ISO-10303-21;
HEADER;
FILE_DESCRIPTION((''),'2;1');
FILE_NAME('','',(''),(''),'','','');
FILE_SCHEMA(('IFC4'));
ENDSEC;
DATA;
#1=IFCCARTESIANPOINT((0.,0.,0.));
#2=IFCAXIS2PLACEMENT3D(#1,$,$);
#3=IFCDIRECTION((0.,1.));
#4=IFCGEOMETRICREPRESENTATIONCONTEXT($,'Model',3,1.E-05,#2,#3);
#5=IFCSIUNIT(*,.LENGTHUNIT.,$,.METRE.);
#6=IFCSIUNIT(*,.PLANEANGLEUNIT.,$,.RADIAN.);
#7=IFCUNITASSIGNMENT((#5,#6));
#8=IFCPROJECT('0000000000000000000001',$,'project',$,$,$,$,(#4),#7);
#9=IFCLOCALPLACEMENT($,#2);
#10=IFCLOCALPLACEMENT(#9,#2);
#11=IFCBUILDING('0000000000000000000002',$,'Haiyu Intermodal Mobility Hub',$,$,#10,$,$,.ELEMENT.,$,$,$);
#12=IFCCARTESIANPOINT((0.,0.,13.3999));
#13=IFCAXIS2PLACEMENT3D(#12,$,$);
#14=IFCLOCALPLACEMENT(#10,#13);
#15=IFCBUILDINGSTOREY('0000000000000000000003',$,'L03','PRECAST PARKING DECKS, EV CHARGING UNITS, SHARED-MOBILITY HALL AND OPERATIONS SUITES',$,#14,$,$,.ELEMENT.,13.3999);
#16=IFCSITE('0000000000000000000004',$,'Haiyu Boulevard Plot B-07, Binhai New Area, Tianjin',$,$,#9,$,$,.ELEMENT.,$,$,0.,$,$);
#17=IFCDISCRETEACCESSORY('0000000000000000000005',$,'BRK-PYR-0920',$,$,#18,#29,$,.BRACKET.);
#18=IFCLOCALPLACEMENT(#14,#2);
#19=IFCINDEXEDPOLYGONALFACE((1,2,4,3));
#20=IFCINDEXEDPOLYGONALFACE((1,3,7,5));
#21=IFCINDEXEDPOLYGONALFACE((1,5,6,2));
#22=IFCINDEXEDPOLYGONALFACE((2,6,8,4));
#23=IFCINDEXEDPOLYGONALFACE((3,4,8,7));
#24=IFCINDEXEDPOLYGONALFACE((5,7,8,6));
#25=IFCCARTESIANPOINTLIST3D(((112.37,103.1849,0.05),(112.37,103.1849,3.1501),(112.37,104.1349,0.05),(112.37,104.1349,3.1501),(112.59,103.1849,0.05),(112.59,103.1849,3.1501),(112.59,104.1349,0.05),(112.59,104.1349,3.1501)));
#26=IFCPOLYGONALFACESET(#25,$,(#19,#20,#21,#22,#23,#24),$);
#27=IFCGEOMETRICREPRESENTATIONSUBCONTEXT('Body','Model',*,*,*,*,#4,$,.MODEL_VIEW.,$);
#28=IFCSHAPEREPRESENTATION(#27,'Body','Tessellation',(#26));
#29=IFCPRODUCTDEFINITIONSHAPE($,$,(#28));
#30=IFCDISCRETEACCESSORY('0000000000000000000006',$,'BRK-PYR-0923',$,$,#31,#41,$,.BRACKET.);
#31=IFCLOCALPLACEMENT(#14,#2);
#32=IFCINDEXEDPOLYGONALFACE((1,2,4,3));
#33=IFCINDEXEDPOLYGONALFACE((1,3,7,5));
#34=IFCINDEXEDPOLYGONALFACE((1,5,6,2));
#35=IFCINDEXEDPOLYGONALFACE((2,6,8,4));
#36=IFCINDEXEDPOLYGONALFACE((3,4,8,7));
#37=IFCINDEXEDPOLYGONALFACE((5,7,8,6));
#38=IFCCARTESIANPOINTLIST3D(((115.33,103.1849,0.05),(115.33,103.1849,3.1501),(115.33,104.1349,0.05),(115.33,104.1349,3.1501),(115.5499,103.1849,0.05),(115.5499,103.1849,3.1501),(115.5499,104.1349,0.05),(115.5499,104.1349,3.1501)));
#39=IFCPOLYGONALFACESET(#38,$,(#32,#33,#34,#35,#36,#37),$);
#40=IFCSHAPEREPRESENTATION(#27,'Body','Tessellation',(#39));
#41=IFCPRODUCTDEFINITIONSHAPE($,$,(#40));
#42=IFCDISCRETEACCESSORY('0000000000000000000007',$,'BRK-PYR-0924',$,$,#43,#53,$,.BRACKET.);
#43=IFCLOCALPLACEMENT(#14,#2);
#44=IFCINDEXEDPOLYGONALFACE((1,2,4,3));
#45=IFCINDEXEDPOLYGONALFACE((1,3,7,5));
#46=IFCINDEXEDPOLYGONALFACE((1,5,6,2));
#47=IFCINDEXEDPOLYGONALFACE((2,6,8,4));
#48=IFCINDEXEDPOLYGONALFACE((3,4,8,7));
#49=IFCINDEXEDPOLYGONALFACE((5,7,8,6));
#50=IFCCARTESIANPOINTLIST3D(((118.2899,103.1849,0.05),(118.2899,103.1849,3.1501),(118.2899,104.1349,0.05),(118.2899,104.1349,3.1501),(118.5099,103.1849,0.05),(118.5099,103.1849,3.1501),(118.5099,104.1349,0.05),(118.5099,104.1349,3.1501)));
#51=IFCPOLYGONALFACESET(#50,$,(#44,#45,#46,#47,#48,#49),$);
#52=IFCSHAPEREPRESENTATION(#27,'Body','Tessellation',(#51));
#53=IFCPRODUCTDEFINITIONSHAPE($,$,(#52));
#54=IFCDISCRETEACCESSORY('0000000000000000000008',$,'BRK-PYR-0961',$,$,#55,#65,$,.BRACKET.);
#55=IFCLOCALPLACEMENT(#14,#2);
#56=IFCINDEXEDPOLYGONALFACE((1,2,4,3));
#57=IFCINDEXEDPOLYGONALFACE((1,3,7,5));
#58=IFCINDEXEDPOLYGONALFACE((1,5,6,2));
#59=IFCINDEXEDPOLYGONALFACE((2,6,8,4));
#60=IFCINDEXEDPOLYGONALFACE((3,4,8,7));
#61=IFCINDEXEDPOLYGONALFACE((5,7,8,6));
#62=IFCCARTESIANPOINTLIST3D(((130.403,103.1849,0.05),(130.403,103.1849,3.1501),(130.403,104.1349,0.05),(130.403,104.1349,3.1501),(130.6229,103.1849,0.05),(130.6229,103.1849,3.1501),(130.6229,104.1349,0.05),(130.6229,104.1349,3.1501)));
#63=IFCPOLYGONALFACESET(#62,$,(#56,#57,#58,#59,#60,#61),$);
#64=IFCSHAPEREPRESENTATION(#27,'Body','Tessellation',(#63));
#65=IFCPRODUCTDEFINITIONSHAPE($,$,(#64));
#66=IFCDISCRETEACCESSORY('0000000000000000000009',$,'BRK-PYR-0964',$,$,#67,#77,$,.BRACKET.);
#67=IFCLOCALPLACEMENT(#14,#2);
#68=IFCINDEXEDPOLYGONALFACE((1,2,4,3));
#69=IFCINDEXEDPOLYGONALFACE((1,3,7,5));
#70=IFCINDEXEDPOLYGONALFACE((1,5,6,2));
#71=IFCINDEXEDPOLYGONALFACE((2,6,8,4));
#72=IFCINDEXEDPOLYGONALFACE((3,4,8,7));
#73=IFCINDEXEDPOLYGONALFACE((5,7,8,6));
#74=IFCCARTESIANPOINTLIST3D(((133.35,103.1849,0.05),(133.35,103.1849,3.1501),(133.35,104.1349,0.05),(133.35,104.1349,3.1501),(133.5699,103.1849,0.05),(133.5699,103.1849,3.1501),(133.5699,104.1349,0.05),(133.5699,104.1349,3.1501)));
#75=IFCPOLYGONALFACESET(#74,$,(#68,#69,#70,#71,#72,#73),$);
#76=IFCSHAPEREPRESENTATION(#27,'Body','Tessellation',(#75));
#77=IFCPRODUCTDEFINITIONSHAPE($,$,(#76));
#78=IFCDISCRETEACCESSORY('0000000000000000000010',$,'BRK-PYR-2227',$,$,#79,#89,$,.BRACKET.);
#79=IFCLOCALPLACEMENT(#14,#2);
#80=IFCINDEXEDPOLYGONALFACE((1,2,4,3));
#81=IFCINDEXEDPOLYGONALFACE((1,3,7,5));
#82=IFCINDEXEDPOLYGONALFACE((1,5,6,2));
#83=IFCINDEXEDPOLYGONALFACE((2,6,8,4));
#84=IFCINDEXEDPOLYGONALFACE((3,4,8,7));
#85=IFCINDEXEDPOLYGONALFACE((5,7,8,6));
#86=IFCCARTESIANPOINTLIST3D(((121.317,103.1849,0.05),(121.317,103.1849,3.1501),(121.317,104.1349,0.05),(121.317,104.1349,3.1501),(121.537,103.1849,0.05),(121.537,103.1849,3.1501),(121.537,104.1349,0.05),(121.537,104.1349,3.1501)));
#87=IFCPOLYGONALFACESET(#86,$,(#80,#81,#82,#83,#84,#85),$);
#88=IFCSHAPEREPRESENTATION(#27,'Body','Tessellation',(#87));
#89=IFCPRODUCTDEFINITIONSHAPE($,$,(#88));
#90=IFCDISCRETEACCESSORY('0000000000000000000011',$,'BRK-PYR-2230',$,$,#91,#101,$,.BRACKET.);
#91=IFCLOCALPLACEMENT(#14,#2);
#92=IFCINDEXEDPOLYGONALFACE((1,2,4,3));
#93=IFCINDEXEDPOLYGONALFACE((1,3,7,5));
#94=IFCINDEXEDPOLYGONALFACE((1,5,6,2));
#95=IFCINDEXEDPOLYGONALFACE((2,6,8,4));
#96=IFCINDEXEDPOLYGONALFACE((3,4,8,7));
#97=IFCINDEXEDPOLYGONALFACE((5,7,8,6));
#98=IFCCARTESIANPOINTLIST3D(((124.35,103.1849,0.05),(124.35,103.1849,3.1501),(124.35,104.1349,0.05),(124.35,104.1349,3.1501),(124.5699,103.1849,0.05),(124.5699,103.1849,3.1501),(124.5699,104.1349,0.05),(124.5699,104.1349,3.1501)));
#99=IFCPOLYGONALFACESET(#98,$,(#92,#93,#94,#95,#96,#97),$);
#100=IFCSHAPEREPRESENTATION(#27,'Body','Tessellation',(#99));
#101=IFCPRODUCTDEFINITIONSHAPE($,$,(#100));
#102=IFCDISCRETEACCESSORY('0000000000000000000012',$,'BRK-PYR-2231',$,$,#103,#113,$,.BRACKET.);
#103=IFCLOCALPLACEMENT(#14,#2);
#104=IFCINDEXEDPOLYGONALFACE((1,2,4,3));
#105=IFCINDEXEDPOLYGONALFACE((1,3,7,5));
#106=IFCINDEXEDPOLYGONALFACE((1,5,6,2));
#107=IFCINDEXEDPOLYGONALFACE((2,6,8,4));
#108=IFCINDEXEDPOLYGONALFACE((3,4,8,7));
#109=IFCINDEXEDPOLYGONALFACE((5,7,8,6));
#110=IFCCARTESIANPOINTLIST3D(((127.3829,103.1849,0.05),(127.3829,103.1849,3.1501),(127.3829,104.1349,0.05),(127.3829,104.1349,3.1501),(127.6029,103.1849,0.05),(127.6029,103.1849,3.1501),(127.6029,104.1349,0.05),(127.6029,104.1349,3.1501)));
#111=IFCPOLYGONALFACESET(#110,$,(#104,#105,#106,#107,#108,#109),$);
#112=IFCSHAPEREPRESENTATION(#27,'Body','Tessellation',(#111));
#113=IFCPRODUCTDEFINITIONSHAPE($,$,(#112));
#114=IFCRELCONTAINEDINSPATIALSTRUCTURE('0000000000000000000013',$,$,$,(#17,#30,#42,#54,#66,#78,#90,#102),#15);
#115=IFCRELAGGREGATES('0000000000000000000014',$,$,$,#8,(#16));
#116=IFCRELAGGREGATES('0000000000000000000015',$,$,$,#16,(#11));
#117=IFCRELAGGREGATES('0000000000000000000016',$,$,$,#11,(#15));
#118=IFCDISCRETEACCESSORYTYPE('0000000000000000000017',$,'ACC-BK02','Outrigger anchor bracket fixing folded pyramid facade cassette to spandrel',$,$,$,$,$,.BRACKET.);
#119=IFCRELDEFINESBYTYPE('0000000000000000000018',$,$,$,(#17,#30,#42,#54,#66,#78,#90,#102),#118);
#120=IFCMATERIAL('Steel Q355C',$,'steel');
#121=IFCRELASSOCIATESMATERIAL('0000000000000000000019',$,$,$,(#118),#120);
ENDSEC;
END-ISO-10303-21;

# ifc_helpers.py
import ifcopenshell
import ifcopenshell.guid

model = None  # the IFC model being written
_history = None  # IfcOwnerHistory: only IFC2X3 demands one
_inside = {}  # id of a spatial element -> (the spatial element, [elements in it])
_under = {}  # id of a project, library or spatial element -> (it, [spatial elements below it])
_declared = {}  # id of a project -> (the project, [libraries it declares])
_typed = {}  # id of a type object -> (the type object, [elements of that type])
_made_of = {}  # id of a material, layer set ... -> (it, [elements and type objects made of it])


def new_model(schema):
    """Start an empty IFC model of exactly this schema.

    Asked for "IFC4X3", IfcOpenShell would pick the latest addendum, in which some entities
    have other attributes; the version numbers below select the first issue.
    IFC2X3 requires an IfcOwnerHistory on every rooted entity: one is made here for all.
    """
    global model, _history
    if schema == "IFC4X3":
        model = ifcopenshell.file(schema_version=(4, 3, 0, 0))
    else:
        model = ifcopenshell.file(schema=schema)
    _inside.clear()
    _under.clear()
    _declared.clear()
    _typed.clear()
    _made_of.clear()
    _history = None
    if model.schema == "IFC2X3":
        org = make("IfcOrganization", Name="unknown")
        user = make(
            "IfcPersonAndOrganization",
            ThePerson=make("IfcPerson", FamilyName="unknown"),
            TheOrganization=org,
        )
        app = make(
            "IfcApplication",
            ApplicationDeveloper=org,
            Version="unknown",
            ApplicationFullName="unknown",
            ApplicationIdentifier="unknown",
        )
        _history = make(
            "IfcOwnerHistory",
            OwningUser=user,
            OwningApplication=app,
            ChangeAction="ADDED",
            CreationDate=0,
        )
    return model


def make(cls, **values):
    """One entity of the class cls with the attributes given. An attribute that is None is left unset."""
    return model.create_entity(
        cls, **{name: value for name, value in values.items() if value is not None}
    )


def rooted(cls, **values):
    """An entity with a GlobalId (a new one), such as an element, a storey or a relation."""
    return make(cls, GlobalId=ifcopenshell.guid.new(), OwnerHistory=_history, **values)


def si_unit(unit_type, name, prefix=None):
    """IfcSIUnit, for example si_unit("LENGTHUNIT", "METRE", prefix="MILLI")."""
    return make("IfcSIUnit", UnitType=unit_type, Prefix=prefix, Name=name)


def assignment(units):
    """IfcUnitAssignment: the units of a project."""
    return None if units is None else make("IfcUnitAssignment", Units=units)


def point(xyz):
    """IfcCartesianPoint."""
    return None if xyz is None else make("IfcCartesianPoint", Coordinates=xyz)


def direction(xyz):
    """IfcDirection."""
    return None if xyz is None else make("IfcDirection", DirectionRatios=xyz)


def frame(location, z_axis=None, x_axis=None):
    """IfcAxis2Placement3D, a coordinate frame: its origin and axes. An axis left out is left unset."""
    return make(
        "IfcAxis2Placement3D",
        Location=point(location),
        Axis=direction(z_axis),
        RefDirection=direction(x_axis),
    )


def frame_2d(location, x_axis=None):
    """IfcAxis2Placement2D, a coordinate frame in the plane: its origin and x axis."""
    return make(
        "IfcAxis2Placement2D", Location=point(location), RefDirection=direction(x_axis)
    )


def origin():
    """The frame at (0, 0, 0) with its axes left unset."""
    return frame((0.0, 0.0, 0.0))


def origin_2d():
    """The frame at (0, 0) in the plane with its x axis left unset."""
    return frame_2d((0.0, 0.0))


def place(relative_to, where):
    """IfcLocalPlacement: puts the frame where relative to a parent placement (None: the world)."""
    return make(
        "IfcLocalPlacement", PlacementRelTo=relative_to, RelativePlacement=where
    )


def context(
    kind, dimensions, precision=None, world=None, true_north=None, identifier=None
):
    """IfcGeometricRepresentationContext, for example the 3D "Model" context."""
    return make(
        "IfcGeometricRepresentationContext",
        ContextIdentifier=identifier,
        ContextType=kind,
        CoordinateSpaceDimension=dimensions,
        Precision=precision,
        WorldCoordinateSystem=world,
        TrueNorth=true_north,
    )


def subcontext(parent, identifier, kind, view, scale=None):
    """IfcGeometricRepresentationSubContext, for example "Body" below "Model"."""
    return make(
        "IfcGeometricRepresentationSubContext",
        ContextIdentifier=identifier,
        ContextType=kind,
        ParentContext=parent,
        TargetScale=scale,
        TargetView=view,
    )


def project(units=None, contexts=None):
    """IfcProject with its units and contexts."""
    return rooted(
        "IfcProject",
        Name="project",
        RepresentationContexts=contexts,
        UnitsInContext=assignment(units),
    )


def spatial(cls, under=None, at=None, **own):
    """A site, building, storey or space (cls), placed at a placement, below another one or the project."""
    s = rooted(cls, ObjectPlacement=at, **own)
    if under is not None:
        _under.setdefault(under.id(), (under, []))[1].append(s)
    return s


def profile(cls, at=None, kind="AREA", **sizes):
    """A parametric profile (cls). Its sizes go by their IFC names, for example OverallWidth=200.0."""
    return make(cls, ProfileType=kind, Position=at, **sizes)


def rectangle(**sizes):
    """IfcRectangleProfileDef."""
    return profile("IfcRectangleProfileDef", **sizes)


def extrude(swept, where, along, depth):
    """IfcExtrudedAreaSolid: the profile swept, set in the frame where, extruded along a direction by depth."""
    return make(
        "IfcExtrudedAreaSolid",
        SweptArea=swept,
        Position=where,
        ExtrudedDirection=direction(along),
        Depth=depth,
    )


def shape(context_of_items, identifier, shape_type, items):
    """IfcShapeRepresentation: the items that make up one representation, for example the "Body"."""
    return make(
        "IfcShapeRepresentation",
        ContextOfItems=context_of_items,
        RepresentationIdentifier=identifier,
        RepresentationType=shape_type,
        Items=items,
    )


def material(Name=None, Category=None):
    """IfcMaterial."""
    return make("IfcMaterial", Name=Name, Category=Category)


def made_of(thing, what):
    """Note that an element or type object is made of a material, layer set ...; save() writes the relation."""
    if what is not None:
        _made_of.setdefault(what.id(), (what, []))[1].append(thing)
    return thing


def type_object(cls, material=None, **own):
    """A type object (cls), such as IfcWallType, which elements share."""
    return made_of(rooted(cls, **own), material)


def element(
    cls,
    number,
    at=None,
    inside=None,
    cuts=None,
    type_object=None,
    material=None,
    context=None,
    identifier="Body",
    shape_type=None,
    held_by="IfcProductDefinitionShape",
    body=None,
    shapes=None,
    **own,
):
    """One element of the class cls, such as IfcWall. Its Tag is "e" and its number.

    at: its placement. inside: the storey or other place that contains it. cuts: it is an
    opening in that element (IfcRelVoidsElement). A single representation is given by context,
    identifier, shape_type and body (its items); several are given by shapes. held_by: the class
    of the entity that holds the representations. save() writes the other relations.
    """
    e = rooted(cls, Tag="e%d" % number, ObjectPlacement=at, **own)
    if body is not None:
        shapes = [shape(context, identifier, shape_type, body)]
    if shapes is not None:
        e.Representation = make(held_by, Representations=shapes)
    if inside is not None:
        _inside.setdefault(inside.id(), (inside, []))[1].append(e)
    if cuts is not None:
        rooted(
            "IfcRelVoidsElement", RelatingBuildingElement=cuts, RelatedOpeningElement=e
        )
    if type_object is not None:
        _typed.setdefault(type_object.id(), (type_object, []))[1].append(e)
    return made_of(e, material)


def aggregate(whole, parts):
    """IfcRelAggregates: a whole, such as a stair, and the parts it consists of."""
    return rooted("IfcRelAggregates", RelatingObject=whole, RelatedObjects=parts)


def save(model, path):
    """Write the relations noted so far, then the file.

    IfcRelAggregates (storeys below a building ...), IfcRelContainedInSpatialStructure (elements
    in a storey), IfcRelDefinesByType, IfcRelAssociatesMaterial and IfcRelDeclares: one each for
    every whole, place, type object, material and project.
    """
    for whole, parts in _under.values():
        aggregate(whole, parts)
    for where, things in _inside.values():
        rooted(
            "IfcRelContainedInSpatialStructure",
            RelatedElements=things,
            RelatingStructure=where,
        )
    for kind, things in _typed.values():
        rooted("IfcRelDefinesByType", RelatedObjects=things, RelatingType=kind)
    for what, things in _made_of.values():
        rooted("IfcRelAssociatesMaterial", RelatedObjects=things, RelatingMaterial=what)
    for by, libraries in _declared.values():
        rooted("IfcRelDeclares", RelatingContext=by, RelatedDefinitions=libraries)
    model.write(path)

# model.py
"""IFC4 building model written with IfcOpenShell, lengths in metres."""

from ifc_helpers import new_model, si_unit, direction, frame, origin, origin_2d, place, context, subcontext, project, spatial, rectangle, extrude, material, type_object, element, save


model = new_model("IFC4")

# Units and contexts
model_context = context("Model", 3, precision=1e-05, world=origin(), true_north=direction((0.0, 1.0)))
body_context = subcontext(model_context, "Body", "Model", "MODEL_VIEW")
ifc_project = project(units=[si_unit("LENGTHUNIT", "METRE"), si_unit("PLANEANGLEUNIT", "RADIAN")], contexts=[model_context])

# Site, building, storey
site_placement = place(None, origin())
site = spatial("IfcSite", under=ifc_project, at=site_placement, Name="Haiyu Boulevard Plot B-07, Binhai New Area, Tianjin", CompositionType="ELEMENT", RefElevation=0.0)
building_placement = place(site_placement, origin())
building = spatial("IfcBuilding", under=site, at=building_placement, Name="Haiyu Intermodal Mobility Hub", CompositionType="ELEMENT")
storey_placement = place(building_placement, frame((0.0, 0.0, 13.3999)))
storey = spatial("IfcBuildingStorey", under=building, at=storey_placement, Name="L03", Description="PRECAST PARKING DECKS, EV CHARGING UNITS, SHARED-MOBILITY HALL AND OPERATIONS SUITES", CompositionType="ELEMENT", Elevation=13.3999)

# Discrete accessories
ifc_material_1 = material(Name="Steel Q355C", Category="steel")
discrete_accessory_type = type_object("IfcDiscreteAccessoryType", Name="ACC-BK02", Description="Outrigger anchor bracket fixing folded pyramid facade cassette to spandrel", PredefinedType="BRACKET", material=ifc_material_1)
for number, where, z_axis, x_axis, name in (
    (1, (112.48, 103.6599, 0.05), (0.0, 0.0, 1.0), (1.0, 0.0, 0.0), "BRK-PYR-0920"),
    (2, (115.4399, 103.6599, 0.05), (0.0, 0.0, 1.0), (1.0, 0.0, 0.0), "BRK-PYR-0923"),
    (3, (118.3999, 103.6599, 0.05), (0.0, 0.0, 1.0), (1.0, 0.0, 0.0), "BRK-PYR-0924"),
    (4, (130.5129, 103.6599, 0.05), (0.0, 0.0, 1.0), (1.0, 0.0, 0.0), "BRK-PYR-0961"),
    (5, (133.46, 103.6599, 0.05), (0.0, 0.0, 1.0), (1.0, 0.0, 0.0), "BRK-PYR-0964"),
    (6, (121.427, 103.6599, 0.05), (0.0, 0.0, 1.0), (1.0, 0.0, 0.0), "BRK-PYR-2227"),
    (7, (124.46, 103.6599, 0.05), (0.0, 0.0, 1.0), (1.0, 0.0, 0.0), "BRK-PYR-2230"),
    (8, (127.4929, 103.6599, 0.05), (0.0, 0.0, 1.0), (1.0, 0.0, 0.0), "BRK-PYR-2231"),
):
    element("IfcDiscreteAccessory", number, at=place(storey_placement, frame(where, z_axis=z_axis, x_axis=x_axis)), inside=storey, type_object=discrete_accessory_type, Name=name, PredefinedType="BRACKET", context=body_context, shape_type="SweptSolid", body=[
        extrude(rectangle(XDim=0.22, YDim=0.95, at=origin_2d()), origin(), (0.0, 0.0, 1.0), 3.1001),
    ])

save(model, "model.ifc")
